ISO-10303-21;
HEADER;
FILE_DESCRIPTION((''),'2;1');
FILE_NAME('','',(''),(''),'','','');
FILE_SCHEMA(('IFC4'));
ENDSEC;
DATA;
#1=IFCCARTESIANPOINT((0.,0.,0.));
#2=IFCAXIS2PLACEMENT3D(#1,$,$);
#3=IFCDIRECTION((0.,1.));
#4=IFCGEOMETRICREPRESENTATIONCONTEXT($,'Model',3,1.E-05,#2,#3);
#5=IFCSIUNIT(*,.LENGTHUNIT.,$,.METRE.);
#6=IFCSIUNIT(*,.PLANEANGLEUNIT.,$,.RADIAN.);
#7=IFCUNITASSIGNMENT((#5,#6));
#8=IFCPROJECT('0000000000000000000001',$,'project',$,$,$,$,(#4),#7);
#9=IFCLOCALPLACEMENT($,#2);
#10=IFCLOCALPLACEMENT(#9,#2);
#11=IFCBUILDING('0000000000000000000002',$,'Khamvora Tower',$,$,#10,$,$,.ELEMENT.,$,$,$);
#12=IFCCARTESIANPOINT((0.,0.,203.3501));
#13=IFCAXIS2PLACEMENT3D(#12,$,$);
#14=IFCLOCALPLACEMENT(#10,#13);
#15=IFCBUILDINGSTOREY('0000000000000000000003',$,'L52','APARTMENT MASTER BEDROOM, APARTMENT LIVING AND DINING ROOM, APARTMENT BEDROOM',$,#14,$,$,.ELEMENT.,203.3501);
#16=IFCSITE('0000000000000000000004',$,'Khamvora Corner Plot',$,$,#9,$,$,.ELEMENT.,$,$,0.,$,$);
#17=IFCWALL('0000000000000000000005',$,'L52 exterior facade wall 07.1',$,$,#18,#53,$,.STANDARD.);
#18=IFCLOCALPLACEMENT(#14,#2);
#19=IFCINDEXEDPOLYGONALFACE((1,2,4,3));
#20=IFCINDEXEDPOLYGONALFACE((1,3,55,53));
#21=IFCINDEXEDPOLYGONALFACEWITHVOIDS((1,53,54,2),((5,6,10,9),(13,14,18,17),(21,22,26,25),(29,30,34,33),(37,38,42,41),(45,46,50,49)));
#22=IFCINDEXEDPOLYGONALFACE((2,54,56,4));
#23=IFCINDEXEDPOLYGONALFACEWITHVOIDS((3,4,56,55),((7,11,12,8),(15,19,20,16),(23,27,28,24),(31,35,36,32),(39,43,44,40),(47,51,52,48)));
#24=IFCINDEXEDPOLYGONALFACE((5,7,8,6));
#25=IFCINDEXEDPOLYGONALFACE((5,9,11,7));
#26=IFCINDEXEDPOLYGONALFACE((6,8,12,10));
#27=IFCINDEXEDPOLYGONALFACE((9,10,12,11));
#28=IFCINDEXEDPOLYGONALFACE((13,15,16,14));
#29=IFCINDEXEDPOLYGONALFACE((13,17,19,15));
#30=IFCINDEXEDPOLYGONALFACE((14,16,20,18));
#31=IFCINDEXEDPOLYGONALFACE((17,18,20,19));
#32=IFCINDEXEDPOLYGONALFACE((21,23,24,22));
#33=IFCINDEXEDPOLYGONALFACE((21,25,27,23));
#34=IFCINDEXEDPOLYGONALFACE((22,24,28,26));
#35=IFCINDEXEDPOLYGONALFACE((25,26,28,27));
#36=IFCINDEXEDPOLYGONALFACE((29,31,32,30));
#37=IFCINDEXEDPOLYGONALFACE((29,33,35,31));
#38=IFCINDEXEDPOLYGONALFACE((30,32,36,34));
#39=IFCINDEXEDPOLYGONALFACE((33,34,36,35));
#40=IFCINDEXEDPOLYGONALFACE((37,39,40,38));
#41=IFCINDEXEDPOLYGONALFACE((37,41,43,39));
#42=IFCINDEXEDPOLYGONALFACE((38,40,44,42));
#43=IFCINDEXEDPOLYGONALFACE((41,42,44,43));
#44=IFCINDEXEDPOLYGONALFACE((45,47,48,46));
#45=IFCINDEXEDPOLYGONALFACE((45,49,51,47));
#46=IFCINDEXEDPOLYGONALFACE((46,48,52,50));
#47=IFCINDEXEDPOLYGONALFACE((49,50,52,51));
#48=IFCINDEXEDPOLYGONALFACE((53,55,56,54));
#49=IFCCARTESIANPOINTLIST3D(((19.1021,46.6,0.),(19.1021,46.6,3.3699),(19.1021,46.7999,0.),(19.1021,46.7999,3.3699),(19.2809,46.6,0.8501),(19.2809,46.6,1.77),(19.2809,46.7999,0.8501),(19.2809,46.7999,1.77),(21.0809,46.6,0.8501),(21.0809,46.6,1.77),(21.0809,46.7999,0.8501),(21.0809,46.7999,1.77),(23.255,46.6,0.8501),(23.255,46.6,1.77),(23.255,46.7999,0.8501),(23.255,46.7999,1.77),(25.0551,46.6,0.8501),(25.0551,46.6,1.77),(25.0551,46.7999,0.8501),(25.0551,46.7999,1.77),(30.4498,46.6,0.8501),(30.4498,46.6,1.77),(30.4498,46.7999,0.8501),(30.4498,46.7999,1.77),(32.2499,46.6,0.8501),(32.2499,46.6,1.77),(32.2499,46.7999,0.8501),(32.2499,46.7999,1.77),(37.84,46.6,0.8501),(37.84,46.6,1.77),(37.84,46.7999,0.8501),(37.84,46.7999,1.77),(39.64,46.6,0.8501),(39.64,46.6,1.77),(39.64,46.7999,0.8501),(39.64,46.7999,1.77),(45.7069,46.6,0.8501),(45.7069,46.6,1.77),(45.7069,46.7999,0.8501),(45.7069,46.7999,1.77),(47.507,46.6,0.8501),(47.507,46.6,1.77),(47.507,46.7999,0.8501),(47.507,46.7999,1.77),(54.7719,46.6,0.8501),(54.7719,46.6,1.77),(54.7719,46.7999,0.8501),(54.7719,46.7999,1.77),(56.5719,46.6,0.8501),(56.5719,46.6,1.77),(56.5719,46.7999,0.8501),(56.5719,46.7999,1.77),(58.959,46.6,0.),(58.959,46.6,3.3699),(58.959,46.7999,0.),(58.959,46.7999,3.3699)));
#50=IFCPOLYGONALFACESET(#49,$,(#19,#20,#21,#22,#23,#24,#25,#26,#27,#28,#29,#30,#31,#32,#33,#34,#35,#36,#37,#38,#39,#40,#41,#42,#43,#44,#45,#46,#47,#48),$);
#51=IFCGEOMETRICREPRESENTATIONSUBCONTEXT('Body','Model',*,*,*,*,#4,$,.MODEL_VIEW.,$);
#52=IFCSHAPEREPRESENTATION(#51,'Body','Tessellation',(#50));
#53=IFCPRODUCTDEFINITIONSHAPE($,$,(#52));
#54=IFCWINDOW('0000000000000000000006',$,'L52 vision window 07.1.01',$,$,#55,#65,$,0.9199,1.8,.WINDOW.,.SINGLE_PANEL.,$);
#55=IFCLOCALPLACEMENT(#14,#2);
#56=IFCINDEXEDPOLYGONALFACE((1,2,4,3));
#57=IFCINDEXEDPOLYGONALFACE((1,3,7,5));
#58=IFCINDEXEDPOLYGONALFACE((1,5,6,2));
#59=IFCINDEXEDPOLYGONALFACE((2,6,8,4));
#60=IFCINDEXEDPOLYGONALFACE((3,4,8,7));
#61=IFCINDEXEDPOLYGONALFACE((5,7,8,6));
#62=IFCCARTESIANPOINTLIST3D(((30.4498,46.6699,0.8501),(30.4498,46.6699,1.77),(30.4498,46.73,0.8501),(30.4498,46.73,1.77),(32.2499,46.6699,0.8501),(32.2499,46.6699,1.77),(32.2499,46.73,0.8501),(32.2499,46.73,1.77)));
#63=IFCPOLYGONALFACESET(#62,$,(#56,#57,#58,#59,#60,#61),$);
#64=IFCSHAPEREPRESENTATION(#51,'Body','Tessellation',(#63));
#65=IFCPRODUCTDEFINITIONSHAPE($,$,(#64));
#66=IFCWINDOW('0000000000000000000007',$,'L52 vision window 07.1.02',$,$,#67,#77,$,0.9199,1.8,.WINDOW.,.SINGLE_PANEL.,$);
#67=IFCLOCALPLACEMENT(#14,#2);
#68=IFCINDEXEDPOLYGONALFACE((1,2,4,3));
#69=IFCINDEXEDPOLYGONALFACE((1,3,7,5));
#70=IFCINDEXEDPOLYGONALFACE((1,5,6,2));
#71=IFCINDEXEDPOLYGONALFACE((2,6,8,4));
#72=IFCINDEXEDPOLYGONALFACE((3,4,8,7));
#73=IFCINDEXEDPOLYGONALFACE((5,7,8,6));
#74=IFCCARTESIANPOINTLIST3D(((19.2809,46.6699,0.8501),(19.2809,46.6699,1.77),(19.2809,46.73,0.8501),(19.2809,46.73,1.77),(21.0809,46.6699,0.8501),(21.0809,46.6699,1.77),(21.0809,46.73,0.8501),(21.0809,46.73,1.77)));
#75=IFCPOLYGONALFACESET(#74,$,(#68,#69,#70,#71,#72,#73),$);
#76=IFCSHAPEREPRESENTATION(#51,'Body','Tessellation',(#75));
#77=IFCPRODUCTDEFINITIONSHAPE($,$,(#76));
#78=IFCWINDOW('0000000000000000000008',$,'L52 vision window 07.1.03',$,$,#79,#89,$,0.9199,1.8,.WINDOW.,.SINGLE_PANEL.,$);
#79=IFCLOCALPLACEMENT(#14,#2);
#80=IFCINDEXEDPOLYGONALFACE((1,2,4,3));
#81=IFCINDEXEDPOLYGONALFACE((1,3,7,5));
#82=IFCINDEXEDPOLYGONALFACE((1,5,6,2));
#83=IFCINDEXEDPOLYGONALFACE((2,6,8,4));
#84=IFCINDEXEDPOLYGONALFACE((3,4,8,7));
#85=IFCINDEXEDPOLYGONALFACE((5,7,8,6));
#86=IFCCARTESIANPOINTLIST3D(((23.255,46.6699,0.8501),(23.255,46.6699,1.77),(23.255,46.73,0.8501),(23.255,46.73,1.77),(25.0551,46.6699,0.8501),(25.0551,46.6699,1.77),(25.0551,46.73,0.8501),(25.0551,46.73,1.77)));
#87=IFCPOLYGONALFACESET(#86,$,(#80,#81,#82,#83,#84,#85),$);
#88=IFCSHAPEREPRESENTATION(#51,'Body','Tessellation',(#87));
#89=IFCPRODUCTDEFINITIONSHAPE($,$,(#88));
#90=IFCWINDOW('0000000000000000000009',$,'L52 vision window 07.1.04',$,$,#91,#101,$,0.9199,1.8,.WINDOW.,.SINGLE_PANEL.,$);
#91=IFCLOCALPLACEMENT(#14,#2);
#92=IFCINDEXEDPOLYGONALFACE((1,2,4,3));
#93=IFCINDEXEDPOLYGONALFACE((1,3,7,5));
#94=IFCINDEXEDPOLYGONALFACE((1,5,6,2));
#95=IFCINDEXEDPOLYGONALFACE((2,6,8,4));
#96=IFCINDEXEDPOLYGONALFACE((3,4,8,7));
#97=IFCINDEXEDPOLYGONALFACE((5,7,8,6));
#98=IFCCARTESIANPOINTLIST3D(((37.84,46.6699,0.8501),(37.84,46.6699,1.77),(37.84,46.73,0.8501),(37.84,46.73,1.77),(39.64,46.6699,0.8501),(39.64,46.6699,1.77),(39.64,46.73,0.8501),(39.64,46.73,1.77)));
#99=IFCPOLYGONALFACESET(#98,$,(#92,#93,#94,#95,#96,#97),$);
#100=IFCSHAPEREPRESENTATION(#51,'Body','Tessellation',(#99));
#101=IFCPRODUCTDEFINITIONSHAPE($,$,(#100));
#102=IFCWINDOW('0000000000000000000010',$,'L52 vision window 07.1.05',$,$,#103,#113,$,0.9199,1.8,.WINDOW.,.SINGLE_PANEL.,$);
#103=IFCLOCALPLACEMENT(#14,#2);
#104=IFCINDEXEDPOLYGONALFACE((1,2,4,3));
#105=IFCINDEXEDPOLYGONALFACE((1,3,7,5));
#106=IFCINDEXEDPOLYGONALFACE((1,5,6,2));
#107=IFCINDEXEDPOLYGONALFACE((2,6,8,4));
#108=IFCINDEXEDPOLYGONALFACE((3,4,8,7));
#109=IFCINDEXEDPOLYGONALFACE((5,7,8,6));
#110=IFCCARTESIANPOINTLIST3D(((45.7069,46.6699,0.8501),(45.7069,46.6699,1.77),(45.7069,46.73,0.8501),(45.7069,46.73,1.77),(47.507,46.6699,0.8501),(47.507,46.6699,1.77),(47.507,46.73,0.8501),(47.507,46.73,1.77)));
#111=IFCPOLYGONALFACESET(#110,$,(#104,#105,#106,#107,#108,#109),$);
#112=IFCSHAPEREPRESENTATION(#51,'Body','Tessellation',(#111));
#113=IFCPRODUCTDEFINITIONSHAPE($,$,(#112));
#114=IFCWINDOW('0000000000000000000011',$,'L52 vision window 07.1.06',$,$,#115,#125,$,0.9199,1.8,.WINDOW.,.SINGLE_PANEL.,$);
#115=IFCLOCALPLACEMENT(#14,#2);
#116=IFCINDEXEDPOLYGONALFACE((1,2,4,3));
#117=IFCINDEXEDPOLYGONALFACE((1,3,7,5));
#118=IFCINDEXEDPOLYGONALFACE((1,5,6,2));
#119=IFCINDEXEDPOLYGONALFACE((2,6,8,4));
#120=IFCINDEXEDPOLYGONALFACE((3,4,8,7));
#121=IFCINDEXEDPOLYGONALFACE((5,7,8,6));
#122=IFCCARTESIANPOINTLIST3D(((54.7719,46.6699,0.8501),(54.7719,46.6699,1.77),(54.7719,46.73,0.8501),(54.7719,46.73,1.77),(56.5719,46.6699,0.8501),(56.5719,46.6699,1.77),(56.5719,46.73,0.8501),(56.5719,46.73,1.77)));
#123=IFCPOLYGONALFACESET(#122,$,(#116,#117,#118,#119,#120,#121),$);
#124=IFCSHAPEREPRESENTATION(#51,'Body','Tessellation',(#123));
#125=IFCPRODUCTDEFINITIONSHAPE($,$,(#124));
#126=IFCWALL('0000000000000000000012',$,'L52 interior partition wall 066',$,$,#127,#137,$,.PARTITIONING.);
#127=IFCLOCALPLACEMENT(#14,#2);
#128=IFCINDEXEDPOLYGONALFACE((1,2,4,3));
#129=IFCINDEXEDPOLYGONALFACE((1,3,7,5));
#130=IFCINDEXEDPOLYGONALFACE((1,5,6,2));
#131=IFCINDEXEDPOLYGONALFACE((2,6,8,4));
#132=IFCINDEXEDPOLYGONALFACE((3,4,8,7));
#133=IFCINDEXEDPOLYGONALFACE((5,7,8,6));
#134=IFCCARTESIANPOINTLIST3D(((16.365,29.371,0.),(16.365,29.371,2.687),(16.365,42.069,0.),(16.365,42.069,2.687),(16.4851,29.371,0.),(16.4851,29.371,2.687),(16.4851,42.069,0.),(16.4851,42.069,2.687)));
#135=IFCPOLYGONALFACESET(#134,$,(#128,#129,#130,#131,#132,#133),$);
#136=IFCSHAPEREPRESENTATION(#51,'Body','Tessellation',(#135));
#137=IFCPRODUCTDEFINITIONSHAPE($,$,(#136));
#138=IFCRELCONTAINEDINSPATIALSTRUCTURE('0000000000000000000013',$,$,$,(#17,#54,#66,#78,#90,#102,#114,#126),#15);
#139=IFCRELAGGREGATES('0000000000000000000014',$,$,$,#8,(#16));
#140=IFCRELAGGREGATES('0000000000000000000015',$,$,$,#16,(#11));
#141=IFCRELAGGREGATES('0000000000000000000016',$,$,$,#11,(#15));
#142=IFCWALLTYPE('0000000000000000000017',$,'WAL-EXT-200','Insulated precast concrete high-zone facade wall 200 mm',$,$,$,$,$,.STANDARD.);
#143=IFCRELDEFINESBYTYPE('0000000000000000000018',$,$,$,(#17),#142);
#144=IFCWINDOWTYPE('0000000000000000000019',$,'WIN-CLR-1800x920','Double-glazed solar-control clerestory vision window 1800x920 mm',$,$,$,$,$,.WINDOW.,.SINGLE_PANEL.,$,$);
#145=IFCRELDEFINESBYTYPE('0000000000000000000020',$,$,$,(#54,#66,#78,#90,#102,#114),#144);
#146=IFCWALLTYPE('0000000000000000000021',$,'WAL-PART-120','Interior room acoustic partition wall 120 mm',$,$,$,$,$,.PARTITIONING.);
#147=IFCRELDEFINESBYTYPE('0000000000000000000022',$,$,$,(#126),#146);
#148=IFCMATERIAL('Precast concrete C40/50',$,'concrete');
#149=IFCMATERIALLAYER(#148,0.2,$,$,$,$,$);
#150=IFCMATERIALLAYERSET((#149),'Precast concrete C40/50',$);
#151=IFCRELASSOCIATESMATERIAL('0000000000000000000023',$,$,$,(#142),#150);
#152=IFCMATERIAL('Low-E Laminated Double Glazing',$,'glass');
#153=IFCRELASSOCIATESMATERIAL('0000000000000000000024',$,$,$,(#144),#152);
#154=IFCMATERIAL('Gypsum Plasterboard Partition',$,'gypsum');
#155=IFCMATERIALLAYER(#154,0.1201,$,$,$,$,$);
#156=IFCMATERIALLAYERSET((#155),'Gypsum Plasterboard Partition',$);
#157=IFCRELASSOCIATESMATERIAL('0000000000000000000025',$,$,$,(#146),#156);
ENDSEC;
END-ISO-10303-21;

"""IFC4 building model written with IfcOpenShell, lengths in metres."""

from ifc_helpers import new_model, si_unit, direction, frame, frame_2d, origin, place, context, subcontext, project, spatial, rectangle, extrude, material, layer, layer_set, type_object, element, fill, save


model = new_model("IFC4")

# Units and contexts
model_context = context("Model", 3, precision=1e-05, world=origin(), true_north=direction((0.0, 1.0)))
body_context = subcontext(model_context, "Body", "Model", "MODEL_VIEW")
ifc_project = project(units=[si_unit("LENGTHUNIT", "METRE"), si_unit("PLANEANGLEUNIT", "RADIAN")], contexts=[model_context])

# Site, building, storey
site_placement = place(None, origin())
site = spatial("IfcSite", under=ifc_project, at=site_placement, Name="Khamvora Corner Plot", CompositionType="ELEMENT", RefElevation=0.0)
building_placement = place(site_placement, origin())
building = spatial("IfcBuilding", under=site, at=building_placement, Name="Khamvora Tower", CompositionType="ELEMENT")
storey_placement = place(building_placement, frame((0.0, 0.0, 203.3501)))
storey = spatial("IfcBuildingStorey", under=building, at=storey_placement, Name="L52", Description="APARTMENT MASTER BEDROOM, APARTMENT LIVING AND DINING ROOM, APARTMENT BEDROOM", CompositionType="ELEMENT", Elevation=203.3501)

# Shared definitions
ifc_material_1 = material(Name="Low-E Laminated Double Glazing", Category="glass")

# Shared definitions
ifc_material_2 = material(Name="Precast concrete C40/50", Category="concrete")
ifc_layer_1 = layer(ifc_material_2, 0.2)
ifc_layer_set_1 = layer_set([ifc_layer_1], Name="Precast concrete C40/50")
wall_type_1 = type_object("IfcWallType", Name="WAL-EXT-200", Description="Insulated precast concrete high-zone facade wall 200 mm", PredefinedType="STANDARD", material=ifc_layer_set_1)

# Wall, openings, windows
wall_1_placement = place(storey_placement, frame((19.1021, 46.7, 0.0), z_axis=(0.0, 0.0, 1.0), x_axis=(1.0, 0.0, 0.0)))
wall_1 = element("IfcWall", 1, at=wall_1_placement, inside=storey, type_object=wall_type_1, Name="L52 exterior facade wall 07.1", PredefinedType="STANDARD", context=body_context, shape_type="SweptSolid", body=[
    extrude(rectangle(XDim=39.8569, YDim=0.2, at=frame_2d((19.9285, 0.0))), origin(), (0.0, 0.0, 1.0), 3.3699),
])
opening_1_placement = place(wall_1_placement, frame((11.3479, 0.0, 0.8501)))
opening_1 = element("IfcOpeningElement", 2, at=opening_1_placement, cuts=wall_1, PredefinedType="OPENING", context=body_context, shape_type="SweptSolid", body=[
    extrude(rectangle(XDim=1.8, YDim=0.9199, at=frame_2d((0.8999, 0.46))), frame((0.0, 0.1099, 0.0), z_axis=(0.0, -1.0, 0.0), x_axis=(1.0, 0.0, 0.0)), (0.0, 0.0, 1.0), 0.22),
])
opening_2_placement = place(wall_1_placement, frame((0.179, 0.0, 0.8501)))
opening_2 = element("IfcOpeningElement", 3, at=opening_2_placement, cuts=wall_1, PredefinedType="OPENING", context=body_context, shape_type="SweptSolid", body=[
    extrude(rectangle(XDim=1.8, YDim=0.9199, at=frame_2d((0.8999, 0.46))), frame((0.0, 0.1099, 0.0), z_axis=(0.0, -1.0, 0.0), x_axis=(1.0, 0.0, 0.0)), (0.0, 0.0, 1.0), 0.22),
])
opening_3_placement = place(wall_1_placement, frame((4.1531, 0.0, 0.8501)))
opening_3 = element("IfcOpeningElement", 4, at=opening_3_placement, cuts=wall_1, PredefinedType="OPENING", context=body_context, shape_type="SweptSolid", body=[
    extrude(rectangle(XDim=1.8, YDim=0.9199, at=frame_2d((0.8999, 0.46))), frame((0.0, 0.1099, 0.0), z_axis=(0.0, -1.0, 0.0), x_axis=(1.0, 0.0, 0.0)), (0.0, 0.0, 1.0), 0.22),
])
opening_4_placement = place(wall_1_placement, frame((18.738, 0.0, 0.8501)))
opening_4 = element("IfcOpeningElement", 5, at=opening_4_placement, cuts=wall_1, PredefinedType="OPENING", context=body_context, shape_type="SweptSolid", body=[
    extrude(rectangle(XDim=1.8, YDim=0.9199, at=frame_2d((0.8999, 0.46))), frame((0.0, 0.1099, 0.0), z_axis=(0.0, -1.0, 0.0), x_axis=(1.0, 0.0, 0.0)), (0.0, 0.0, 1.0), 0.22),
])
opening_5_placement = place(wall_1_placement, frame((26.605, 0.0, 0.8501)))
opening_5 = element("IfcOpeningElement", 6, at=opening_5_placement, cuts=wall_1, PredefinedType="OPENING", context=body_context, shape_type="SweptSolid", body=[
    extrude(rectangle(XDim=1.8, YDim=0.9199, at=frame_2d((0.8999, 0.46))), frame((0.0, 0.1099, 0.0), z_axis=(0.0, -1.0, 0.0), x_axis=(1.0, 0.0, 0.0)), (0.0, 0.0, 1.0), 0.22),
])
opening_6_placement = place(wall_1_placement, frame((35.6699, 0.0, 0.8501)))
opening_6 = element("IfcOpeningElement", 7, at=opening_6_placement, cuts=wall_1, PredefinedType="OPENING", context=body_context, shape_type="SweptSolid", body=[
    extrude(rectangle(XDim=1.8, YDim=0.9199, at=frame_2d((0.8999, 0.46))), frame((0.0, 0.1099, 0.0), z_axis=(0.0, -1.0, 0.0), x_axis=(1.0, 0.0, 0.0)), (0.0, 0.0, 1.0), 0.22),
])
window_type = type_object("IfcWindowType", Name="WIN-CLR-1800x920", Description="Double-glazed solar-control clerestory vision window 1800x920 mm", PartitioningType="SINGLE_PANEL", PredefinedType="WINDOW", material=ifc_material_1)
window_1_placement = place(opening_1_placement, origin())
window_1 = element("IfcWindow", 8, at=window_1_placement, inside=storey, type_object=window_type, Name="L52 vision window 07.1.01", OverallHeight=0.9199, OverallWidth=1.8, PartitioningType="SINGLE_PANEL", PredefinedType="WINDOW", context=body_context, shape_type="SweptSolid", body=[
    extrude(rectangle(XDim=1.8, YDim=0.9199, at=frame_2d((0.8999, 0.46))), frame((0.0, 0.03, 0.0), z_axis=(0.0, -1.0, 0.0), x_axis=(1.0, 0.0, 0.0)), (0.0, 0.0, 1.0), 0.0601),
])
fill(opening_1, window_1)
window_2_placement = place(opening_2_placement, origin())
window_2 = element("IfcWindow", 9, at=window_2_placement, inside=storey, type_object=window_type, Name="L52 vision window 07.1.02", OverallHeight=0.9199, OverallWidth=1.8, PartitioningType="SINGLE_PANEL", PredefinedType="WINDOW", context=body_context, shape_type="SweptSolid", body=[
    extrude(rectangle(XDim=1.8, YDim=0.9199, at=frame_2d((0.8999, 0.46))), frame((0.0, 0.03, 0.0), z_axis=(0.0, -1.0, 0.0), x_axis=(1.0, 0.0, 0.0)), (0.0, 0.0, 1.0), 0.0601),
])
fill(opening_2, window_2)
window_3_placement = place(opening_3_placement, origin())
window_3 = element("IfcWindow", 10, at=window_3_placement, inside=storey, type_object=window_type, Name="L52 vision window 07.1.03", OverallHeight=0.9199, OverallWidth=1.8, PartitioningType="SINGLE_PANEL", PredefinedType="WINDOW", context=body_context, shape_type="SweptSolid", body=[
    extrude(rectangle(XDim=1.8, YDim=0.9199, at=frame_2d((0.8999, 0.46))), frame((0.0, 0.03, 0.0), z_axis=(0.0, -1.0, 0.0), x_axis=(1.0, 0.0, 0.0)), (0.0, 0.0, 1.0), 0.0601),
])
fill(opening_3, window_3)
window_4_placement = place(opening_4_placement, origin())
window_4 = element("IfcWindow", 11, at=window_4_placement, inside=storey, type_object=window_type, Name="L52 vision window 07.1.04", OverallHeight=0.9199, OverallWidth=1.8, PartitioningType="SINGLE_PANEL", PredefinedType="WINDOW", context=body_context, shape_type="SweptSolid", body=[
    extrude(rectangle(XDim=1.8, YDim=0.9199, at=frame_2d((0.8999, 0.46))), frame((0.0, 0.03, 0.0), z_axis=(0.0, -1.0, 0.0), x_axis=(1.0, 0.0, 0.0)), (0.0, 0.0, 1.0), 0.0601),
])
fill(opening_4, window_4)
window_5_placement = place(opening_5_placement, origin())
window_5 = element("IfcWindow", 12, at=window_5_placement, inside=storey, type_object=window_type, Name="L52 vision window 07.1.05", OverallHeight=0.9199, OverallWidth=1.8, PartitioningType="SINGLE_PANEL", PredefinedType="WINDOW", context=body_context, shape_type="SweptSolid", body=[
    extrude(rectangle(XDim=1.8, YDim=0.9199, at=frame_2d((0.8999, 0.46))), frame((0.0, 0.03, 0.0), z_axis=(0.0, -1.0, 0.0), x_axis=(1.0, 0.0, 0.0)), (0.0, 0.0, 1.0), 0.0601),
])
fill(opening_5, window_5)
window_6_placement = place(opening_6_placement, origin())
window_6 = element("IfcWindow", 13, at=window_6_placement, inside=storey, type_object=window_type, Name="L52 vision window 07.1.06", OverallHeight=0.9199, OverallWidth=1.8, PartitioningType="SINGLE_PANEL", PredefinedType="WINDOW", context=body_context, shape_type="SweptSolid", body=[
    extrude(rectangle(XDim=1.8, YDim=0.9199, at=frame_2d((0.8999, 0.46))), frame((0.0, 0.03, 0.0), z_axis=(0.0, -1.0, 0.0), x_axis=(1.0, 0.0, 0.0)), (0.0, 0.0, 1.0), 0.0601),
])
fill(opening_6, window_6)

# Wall
ifc_material_3 = material(Name="Gypsum Plasterboard Partition", Category="gypsum")
ifc_layer_2 = layer(ifc_material_3, 0.1201)
ifc_layer_set_2 = layer_set([ifc_layer_2], Name="Gypsum Plasterboard Partition")
wall_type_2 = type_object("IfcWallType", Name="WAL-PART-120", Description="Interior room acoustic partition wall 120 mm", PredefinedType="PARTITIONING", material=ifc_layer_set_2)
wall_2_placement = place(storey_placement, frame((16.425, 42.0691, 0.0), z_axis=(0.0, 0.0, 1.0), x_axis=(0.0, -1.0, 0.0)))
element("IfcWall", 14, at=wall_2_placement, inside=storey, type_object=wall_type_2, Name="L52 interior partition wall 066", PredefinedType="PARTITIONING", context=body_context, shape_type="SweptSolid", body=[
    extrude(rectangle(XDim=12.698, YDim=0.1201, at=frame_2d((6.3491, 0.0))), origin(), (0.0, 0.0, 1.0), 2.687),
])

save(model, "model.ifc")
